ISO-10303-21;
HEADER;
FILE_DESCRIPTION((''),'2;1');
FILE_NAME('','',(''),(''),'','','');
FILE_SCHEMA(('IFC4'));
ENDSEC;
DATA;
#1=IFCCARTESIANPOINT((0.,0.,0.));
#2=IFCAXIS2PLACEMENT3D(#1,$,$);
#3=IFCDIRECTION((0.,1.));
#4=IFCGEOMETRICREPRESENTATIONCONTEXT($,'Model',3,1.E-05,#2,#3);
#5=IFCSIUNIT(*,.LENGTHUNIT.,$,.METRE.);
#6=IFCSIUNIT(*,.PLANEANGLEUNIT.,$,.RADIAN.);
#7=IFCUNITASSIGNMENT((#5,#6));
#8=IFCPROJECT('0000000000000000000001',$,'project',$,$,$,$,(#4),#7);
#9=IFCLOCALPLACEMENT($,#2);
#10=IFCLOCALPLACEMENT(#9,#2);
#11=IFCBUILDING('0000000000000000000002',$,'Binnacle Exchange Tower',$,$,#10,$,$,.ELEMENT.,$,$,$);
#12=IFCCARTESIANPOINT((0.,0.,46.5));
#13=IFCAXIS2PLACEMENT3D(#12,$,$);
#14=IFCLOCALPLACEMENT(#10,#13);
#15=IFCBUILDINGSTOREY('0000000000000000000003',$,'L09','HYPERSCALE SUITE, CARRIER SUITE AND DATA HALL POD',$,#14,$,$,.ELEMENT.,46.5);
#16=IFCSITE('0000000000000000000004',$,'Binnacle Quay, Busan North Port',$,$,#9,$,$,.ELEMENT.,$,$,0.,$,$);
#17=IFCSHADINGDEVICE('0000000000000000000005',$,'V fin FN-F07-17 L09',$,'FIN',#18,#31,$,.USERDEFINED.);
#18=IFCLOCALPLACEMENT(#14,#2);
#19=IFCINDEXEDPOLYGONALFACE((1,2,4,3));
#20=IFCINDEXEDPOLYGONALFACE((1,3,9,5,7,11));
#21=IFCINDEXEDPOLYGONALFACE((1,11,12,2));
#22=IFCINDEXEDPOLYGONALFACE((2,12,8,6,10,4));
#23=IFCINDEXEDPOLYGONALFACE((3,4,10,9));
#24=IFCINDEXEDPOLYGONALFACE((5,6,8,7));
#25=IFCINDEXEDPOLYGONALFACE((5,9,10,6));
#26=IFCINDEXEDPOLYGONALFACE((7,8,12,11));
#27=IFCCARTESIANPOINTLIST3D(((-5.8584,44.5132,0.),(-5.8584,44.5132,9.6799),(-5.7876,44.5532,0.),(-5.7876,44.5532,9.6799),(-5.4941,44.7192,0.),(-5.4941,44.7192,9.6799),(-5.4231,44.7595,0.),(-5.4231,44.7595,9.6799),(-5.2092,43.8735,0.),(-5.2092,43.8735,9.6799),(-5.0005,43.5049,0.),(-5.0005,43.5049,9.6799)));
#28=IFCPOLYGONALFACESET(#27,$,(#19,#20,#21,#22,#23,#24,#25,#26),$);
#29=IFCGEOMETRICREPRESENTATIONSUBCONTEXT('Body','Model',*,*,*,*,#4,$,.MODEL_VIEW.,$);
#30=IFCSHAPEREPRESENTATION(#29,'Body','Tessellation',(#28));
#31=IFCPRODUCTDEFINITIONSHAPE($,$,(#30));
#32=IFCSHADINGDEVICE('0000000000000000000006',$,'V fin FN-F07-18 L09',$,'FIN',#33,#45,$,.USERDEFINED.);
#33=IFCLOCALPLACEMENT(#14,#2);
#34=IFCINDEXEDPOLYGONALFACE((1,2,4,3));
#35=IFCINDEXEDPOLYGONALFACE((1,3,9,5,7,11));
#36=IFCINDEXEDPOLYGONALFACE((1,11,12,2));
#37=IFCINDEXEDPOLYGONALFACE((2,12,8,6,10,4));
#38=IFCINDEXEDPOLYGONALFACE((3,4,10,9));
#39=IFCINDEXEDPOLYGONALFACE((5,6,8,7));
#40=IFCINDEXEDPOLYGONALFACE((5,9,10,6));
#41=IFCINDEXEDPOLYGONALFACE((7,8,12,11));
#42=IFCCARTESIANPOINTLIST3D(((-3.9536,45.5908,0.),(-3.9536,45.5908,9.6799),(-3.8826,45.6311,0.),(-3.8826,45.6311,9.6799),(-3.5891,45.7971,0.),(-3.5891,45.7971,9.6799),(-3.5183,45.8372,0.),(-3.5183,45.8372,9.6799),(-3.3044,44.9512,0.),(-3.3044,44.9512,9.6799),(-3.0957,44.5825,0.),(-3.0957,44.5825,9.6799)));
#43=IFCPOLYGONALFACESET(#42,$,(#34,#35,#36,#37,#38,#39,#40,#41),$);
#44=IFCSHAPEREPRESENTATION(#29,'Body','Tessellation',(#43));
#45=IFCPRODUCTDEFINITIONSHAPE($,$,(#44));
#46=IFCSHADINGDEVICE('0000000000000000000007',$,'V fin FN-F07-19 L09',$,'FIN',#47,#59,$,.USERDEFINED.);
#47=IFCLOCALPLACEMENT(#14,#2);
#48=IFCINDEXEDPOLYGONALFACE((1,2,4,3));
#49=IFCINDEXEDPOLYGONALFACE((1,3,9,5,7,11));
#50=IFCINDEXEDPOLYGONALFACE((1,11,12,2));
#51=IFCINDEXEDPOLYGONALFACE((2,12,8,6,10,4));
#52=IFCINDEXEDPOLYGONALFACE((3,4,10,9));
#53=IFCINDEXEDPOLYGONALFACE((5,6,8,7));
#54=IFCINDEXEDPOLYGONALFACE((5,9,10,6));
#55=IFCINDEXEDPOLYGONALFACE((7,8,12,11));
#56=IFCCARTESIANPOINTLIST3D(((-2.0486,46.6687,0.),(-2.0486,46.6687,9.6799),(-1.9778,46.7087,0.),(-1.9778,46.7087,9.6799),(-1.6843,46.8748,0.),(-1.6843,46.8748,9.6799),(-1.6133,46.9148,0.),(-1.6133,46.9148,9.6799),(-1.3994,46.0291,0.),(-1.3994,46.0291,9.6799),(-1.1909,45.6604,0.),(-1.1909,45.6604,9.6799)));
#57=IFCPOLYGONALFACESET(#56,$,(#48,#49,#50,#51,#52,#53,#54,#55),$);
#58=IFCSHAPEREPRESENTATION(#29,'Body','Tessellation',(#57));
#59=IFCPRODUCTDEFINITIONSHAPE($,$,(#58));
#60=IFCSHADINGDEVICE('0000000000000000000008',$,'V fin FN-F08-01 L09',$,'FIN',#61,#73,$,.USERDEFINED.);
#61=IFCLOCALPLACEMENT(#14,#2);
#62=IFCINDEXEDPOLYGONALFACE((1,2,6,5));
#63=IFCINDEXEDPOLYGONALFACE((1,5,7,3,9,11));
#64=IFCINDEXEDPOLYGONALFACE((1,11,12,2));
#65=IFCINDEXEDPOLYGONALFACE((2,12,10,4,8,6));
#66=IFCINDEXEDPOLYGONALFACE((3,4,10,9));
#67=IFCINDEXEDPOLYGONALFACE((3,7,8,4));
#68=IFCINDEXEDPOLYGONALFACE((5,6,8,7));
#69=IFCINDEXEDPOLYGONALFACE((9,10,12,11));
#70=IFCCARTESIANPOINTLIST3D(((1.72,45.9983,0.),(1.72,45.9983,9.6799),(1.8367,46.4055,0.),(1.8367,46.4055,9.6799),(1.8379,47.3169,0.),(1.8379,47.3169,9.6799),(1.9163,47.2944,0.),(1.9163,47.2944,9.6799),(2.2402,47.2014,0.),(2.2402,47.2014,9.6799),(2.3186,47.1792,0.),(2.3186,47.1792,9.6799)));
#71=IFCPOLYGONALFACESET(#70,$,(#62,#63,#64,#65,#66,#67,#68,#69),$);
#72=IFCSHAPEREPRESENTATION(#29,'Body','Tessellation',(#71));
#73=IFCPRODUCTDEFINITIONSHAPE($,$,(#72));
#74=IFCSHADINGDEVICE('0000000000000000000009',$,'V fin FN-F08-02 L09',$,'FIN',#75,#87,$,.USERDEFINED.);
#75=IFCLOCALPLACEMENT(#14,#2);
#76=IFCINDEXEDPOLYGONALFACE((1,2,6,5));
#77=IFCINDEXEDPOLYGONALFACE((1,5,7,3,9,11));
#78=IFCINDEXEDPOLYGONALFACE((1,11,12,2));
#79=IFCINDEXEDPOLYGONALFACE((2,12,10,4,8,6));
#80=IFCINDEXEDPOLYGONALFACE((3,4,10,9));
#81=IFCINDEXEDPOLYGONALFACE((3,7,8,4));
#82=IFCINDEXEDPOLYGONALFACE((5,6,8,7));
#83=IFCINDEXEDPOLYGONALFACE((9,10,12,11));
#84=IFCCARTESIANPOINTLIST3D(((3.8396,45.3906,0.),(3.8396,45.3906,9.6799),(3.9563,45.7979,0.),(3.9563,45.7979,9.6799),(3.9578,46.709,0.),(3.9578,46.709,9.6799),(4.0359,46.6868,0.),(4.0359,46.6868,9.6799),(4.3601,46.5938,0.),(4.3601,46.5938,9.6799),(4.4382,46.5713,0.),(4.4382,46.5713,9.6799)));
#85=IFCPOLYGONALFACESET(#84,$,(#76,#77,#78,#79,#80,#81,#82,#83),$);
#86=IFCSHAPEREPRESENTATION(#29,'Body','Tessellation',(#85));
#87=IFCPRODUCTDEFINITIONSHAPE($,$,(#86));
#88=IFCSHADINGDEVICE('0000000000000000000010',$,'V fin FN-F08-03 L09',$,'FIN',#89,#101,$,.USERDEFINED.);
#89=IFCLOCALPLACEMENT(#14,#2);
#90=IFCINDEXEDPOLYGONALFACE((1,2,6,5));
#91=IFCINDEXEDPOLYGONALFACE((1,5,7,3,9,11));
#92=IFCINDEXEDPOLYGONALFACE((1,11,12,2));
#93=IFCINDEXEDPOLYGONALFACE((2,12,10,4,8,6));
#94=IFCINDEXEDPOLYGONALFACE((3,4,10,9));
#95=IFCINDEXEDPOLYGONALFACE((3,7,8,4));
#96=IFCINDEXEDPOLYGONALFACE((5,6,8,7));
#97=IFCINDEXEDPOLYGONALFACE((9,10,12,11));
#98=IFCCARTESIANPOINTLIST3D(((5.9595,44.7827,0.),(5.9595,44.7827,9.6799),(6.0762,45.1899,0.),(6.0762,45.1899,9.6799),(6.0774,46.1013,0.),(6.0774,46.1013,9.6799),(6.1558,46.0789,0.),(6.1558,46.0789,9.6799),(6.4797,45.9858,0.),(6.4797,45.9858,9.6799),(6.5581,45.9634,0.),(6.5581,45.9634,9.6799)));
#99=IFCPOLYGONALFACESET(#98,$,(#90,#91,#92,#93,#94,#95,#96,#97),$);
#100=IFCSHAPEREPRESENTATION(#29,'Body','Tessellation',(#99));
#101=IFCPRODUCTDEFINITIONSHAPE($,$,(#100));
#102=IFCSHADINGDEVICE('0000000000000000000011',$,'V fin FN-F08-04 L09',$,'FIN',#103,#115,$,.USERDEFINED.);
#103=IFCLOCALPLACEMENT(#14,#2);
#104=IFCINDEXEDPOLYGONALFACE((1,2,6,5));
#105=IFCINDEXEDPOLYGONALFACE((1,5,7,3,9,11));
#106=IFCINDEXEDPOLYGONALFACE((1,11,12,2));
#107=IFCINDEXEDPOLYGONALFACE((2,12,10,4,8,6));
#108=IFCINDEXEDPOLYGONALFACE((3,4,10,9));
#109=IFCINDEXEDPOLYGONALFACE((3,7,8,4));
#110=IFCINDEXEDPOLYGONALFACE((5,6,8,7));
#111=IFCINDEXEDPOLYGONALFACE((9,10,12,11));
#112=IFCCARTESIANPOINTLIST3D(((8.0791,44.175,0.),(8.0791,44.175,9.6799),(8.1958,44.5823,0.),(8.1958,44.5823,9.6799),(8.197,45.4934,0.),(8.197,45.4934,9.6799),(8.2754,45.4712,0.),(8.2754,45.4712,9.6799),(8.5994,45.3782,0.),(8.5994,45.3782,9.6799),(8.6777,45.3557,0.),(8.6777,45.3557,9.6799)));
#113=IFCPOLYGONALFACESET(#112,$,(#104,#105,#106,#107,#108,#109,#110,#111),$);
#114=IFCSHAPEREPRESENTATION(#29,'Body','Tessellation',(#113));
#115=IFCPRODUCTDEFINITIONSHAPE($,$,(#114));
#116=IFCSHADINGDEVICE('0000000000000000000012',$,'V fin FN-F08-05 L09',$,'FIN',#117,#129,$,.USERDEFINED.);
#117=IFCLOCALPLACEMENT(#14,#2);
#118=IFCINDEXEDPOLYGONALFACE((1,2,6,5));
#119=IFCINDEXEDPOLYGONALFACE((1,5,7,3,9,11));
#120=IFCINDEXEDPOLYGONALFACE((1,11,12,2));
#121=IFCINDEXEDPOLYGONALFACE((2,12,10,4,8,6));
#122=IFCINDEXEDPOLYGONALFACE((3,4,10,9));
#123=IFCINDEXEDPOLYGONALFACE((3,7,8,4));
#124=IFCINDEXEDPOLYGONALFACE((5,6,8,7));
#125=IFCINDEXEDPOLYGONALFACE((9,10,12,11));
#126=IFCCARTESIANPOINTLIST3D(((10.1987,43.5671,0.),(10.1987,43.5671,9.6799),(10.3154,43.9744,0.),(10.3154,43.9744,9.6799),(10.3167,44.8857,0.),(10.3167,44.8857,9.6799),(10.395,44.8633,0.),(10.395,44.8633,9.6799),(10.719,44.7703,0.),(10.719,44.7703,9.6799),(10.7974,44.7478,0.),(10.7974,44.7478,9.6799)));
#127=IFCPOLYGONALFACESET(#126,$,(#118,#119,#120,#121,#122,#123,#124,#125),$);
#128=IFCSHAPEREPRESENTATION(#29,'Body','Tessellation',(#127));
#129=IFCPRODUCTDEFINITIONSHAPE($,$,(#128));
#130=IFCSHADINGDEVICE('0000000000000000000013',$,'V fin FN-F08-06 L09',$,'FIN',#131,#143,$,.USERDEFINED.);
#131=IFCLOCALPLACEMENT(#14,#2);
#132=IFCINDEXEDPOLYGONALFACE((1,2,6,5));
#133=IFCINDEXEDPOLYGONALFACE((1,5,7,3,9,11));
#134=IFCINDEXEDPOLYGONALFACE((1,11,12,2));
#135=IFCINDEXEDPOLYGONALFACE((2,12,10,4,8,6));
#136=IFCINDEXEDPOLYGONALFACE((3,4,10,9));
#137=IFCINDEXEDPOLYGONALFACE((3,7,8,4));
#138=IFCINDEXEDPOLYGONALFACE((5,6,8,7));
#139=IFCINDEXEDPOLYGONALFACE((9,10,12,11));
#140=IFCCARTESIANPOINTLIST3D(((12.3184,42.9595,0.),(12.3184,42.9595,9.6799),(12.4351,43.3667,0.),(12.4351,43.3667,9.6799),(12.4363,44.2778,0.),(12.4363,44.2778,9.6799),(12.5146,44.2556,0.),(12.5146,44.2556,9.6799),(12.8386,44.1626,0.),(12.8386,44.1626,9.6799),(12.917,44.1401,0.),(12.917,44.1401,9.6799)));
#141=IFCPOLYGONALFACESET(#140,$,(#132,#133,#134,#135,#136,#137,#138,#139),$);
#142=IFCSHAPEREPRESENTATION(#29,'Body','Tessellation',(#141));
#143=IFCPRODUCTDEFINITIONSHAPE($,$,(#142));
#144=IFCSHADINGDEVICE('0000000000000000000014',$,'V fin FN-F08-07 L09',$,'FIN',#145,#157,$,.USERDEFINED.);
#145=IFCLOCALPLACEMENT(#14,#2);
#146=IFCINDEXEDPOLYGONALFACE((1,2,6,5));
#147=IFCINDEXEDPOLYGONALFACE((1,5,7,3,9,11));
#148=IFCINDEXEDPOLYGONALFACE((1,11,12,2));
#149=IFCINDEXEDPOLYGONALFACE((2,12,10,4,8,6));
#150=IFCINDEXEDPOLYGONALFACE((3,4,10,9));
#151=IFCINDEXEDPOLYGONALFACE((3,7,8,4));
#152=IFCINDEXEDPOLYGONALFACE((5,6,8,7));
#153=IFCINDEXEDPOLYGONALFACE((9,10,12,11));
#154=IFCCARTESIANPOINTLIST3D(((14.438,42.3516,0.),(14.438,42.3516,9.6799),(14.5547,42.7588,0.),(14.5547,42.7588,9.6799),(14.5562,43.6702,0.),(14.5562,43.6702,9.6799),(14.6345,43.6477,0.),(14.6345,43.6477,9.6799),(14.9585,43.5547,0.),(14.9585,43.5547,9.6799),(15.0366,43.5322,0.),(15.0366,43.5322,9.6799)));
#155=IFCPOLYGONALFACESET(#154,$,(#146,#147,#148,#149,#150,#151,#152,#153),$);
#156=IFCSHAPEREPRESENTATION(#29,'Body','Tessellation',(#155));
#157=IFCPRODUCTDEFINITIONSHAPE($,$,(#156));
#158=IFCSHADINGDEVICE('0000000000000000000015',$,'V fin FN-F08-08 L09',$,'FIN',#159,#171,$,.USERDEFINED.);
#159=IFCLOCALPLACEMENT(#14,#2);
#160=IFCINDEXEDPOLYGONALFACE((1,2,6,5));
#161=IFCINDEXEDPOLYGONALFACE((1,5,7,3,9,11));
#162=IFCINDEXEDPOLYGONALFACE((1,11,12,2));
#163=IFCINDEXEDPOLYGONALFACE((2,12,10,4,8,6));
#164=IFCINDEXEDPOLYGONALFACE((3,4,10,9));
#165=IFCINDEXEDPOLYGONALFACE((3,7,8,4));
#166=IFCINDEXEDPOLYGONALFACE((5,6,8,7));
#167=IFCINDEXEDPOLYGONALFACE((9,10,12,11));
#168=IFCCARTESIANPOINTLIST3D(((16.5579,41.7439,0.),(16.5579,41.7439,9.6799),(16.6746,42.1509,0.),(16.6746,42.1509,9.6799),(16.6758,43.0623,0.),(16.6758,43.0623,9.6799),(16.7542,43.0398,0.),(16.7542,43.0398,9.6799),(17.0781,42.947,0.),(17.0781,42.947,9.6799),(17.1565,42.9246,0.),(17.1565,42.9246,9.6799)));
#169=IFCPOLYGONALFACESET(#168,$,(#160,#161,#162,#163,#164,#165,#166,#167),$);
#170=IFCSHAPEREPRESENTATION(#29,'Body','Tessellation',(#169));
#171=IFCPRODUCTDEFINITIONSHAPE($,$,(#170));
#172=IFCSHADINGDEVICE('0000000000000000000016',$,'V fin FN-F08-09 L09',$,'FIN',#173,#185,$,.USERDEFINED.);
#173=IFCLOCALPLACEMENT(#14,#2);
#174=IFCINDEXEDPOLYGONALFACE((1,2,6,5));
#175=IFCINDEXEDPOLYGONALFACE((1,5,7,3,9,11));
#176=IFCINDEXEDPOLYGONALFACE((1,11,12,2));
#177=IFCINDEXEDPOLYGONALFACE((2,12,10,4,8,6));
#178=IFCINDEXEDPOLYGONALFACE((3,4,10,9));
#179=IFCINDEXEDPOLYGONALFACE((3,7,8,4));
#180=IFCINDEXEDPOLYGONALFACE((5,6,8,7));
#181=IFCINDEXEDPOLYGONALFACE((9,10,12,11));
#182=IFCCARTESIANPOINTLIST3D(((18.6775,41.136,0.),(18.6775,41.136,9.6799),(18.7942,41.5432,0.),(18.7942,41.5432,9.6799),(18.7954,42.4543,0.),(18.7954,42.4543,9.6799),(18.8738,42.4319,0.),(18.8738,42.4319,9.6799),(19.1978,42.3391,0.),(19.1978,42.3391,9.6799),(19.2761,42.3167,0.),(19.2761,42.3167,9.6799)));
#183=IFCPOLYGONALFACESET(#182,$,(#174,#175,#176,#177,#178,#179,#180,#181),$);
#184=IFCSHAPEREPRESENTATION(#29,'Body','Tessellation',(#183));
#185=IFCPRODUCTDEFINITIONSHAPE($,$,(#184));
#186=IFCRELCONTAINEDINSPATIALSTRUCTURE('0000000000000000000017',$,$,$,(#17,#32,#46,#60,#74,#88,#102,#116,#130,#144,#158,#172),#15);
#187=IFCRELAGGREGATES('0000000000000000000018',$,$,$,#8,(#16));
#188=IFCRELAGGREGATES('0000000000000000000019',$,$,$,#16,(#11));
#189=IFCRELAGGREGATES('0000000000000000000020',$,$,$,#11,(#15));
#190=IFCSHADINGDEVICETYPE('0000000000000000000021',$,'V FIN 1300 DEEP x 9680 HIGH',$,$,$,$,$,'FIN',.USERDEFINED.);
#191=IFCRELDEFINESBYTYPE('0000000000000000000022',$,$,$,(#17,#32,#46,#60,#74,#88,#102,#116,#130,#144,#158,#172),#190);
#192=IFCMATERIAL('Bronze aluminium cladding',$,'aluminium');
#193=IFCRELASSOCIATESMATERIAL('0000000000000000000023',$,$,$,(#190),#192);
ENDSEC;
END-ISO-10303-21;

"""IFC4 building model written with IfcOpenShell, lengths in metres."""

from ifc_helpers import new_model, si_unit, direction, frame, origin, place, context, subcontext, project, spatial, polyline, outline, extrude, material, type_object, element, save


model = new_model("IFC4")

# Units and contexts
model_context = context("Model", 3, precision=1e-05, world=origin(), true_north=direction((0.0, 1.0)))
body_context = subcontext(model_context, "Body", "Model", "MODEL_VIEW")
ifc_project = project(units=[si_unit("LENGTHUNIT", "METRE"), si_unit("PLANEANGLEUNIT", "RADIAN")], contexts=[model_context])

# Site, building, storey
site_placement = place(None, origin())
site = spatial("IfcSite", under=ifc_project, at=site_placement, Name="Binnacle Quay, Busan North Port", CompositionType="ELEMENT", RefElevation=0.0)
building_placement = place(site_placement, origin())
building = spatial("IfcBuilding", under=site, at=building_placement, Name="Binnacle Exchange Tower", CompositionType="ELEMENT")
storey_placement = place(building_placement, frame((0.0, 0.0, 46.5)))
storey = spatial("IfcBuildingStorey", under=building, at=storey_placement, Name="L09", Description="HYPERSCALE SUITE, CARRIER SUITE AND DATA HALL POD", CompositionType="ELEMENT", Elevation=46.5)

# Shading devices
ifc_material = material(Name="Bronze aluminium cladding", Category="aluminium")
shading_device_type = type_object("IfcShadingDeviceType", Name="V FIN 1300 DEEP x 9680 HIGH", ElementType="FIN", PredefinedType="USERDEFINED", material=ifc_material)
shading_device_1_placement = place(storey_placement, origin())
element("IfcShadingDevice", 1, at=shading_device_1_placement, inside=storey, type_object=shading_device_type, Name="V fin FN-F07-17 L09", ObjectType="FIN", PredefinedType="USERDEFINED", context=body_context, shape_type="SweptSolid", body=[
    extrude(outline(polyline([(-5.8584, 44.5132), (-5.0005, 43.5049), (-5.4231, 44.7595), (-5.4941, 44.7192), (-5.2092, 43.8735), (-5.7876, 44.5532), (-5.8584, 44.5132)])), origin(), (0.0, 0.0, 1.0), 9.6799),
])
shading_device_2_placement = place(storey_placement, origin())
element("IfcShadingDevice", 2, at=shading_device_2_placement, inside=storey, type_object=shading_device_type, Name="V fin FN-F07-18 L09", ObjectType="FIN", PredefinedType="USERDEFINED", context=body_context, shape_type="SweptSolid", body=[
    extrude(outline(polyline([(-3.9536, 45.5908), (-3.0957, 44.5825), (-3.5183, 45.8372), (-3.5891, 45.7971), (-3.3044, 44.9512), (-3.8826, 45.6311), (-3.9536, 45.5908)])), origin(), (0.0, 0.0, 1.0), 9.6799),
])
shading_device_3_placement = place(storey_placement, origin())
element("IfcShadingDevice", 3, at=shading_device_3_placement, inside=storey, type_object=shading_device_type, Name="V fin FN-F07-19 L09", ObjectType="FIN", PredefinedType="USERDEFINED", context=body_context, shape_type="SweptSolid", body=[
    extrude(outline(polyline([(-2.0486, 46.6687), (-1.1909, 45.6604), (-1.6133, 46.9148), (-1.6843, 46.8748), (-1.3994, 46.0291), (-1.9778, 46.7087), (-2.0486, 46.6687)])), origin(), (0.0, 0.0, 1.0), 9.6799),
])
shading_device_4_placement = place(storey_placement, origin())
element("IfcShadingDevice", 4, at=shading_device_4_placement, inside=storey, type_object=shading_device_type, Name="V fin FN-F08-01 L09", ObjectType="FIN", PredefinedType="USERDEFINED", context=body_context, shape_type="SweptSolid", body=[
    extrude(outline(polyline([(1.8379, 47.3169), (1.72, 45.9983), (2.3186, 47.1792), (2.2402, 47.2014), (1.8367, 46.4055), (1.9163, 47.2944), (1.8379, 47.3169)])), origin(), (0.0, 0.0, 1.0), 9.6799),
])
shading_device_5_placement = place(storey_placement, origin())
element("IfcShadingDevice", 5, at=shading_device_5_placement, inside=storey, type_object=shading_device_type, Name="V fin FN-F08-02 L09", ObjectType="FIN", PredefinedType="USERDEFINED", context=body_context, shape_type="SweptSolid", body=[
    extrude(outline(polyline([(3.9578, 46.709), (3.8396, 45.3906), (4.4382, 46.5713), (4.3601, 46.5938), (3.9563, 45.7979), (4.0359, 46.6868), (3.9578, 46.709)])), origin(), (0.0, 0.0, 1.0), 9.6799),
])
shading_device_6_placement = place(storey_placement, origin())
element("IfcShadingDevice", 6, at=shading_device_6_placement, inside=storey, type_object=shading_device_type, Name="V fin FN-F08-03 L09", ObjectType="FIN", PredefinedType="USERDEFINED", context=body_context, shape_type="SweptSolid", body=[
    extrude(outline(polyline([(6.0774, 46.1013), (5.9595, 44.7827), (6.5581, 45.9634), (6.4797, 45.9858), (6.0762, 45.1899), (6.1558, 46.0789), (6.0774, 46.1013)])), origin(), (0.0, 0.0, 1.0), 9.6799),
])
shading_device_7_placement = place(storey_placement, origin())
element("IfcShadingDevice", 7, at=shading_device_7_placement, inside=storey, type_object=shading_device_type, Name="V fin FN-F08-04 L09", ObjectType="FIN", PredefinedType="USERDEFINED", context=body_context, shape_type="SweptSolid", body=[
    extrude(outline(polyline([(8.197, 45.4934), (8.0791, 44.175), (8.6777, 45.3557), (8.5994, 45.3782), (8.1958, 44.5823), (8.2754, 45.4712), (8.197, 45.4934)])), origin(), (0.0, 0.0, 1.0), 9.6799),
])
shading_device_8_placement = place(storey_placement, origin())
element("IfcShadingDevice", 8, at=shading_device_8_placement, inside=storey, type_object=shading_device_type, Name="V fin FN-F08-05 L09", ObjectType="FIN", PredefinedType="USERDEFINED", context=body_context, shape_type="SweptSolid", body=[
    extrude(outline(polyline([(10.3167, 44.8857), (10.1987, 43.5671), (10.7974, 44.7478), (10.719, 44.7703), (10.3154, 43.9744), (10.395, 44.8633), (10.3167, 44.8857)])), origin(), (0.0, 0.0, 1.0), 9.6799),
])
shading_device_9_placement = place(storey_placement, origin())
element("IfcShadingDevice", 9, at=shading_device_9_placement, inside=storey, type_object=shading_device_type, Name="V fin FN-F08-06 L09", ObjectType="FIN", PredefinedType="USERDEFINED", context=body_context, shape_type="SweptSolid", body=[
    extrude(outline(polyline([(12.4363, 44.2778), (12.3184, 42.9595), (12.917, 44.1401), (12.8386, 44.1626), (12.4351, 43.3667), (12.5146, 44.2556), (12.4363, 44.2778)])), origin(), (0.0, 0.0, 1.0), 9.6799),
])
shading_device_10_placement = place(storey_placement, origin())
element("IfcShadingDevice", 10, at=shading_device_10_placement, inside=storey, type_object=shading_device_type, Name="V fin FN-F08-07 L09", ObjectType="FIN", PredefinedType="USERDEFINED", context=body_context, shape_type="SweptSolid", body=[
    extrude(outline(polyline([(14.5562, 43.6702), (14.438, 42.3516), (15.0366, 43.5322), (14.9585, 43.5547), (14.5547, 42.7588), (14.6345, 43.6477), (14.5562, 43.6702)])), origin(), (0.0, 0.0, 1.0), 9.6799),
])
shading_device_11_placement = place(storey_placement, origin())
element("IfcShadingDevice", 11, at=shading_device_11_placement, inside=storey, type_object=shading_device_type, Name="V fin FN-F08-08 L09", ObjectType="FIN", PredefinedType="USERDEFINED", context=body_context, shape_type="SweptSolid", body=[
    extrude(outline(polyline([(16.6758, 43.0623), (16.5579, 41.7439), (17.1565, 42.9246), (17.0781, 42.947), (16.6746, 42.1509), (16.7542, 43.0398), (16.6758, 43.0623)])), origin(), (0.0, 0.0, 1.0), 9.6799),
])
shading_device_12_placement = place(storey_placement, origin())
element("IfcShadingDevice", 12, at=shading_device_12_placement, inside=storey, type_object=shading_device_type, Name="V fin FN-F08-09 L09", ObjectType="FIN", PredefinedType="USERDEFINED", context=body_context, shape_type="SweptSolid", body=[
    extrude(outline(polyline([(18.7954, 42.4543), (18.6775, 41.136), (19.2761, 42.3167), (19.1978, 42.3391), (18.7942, 41.5432), (18.8738, 42.4319), (18.7954, 42.4543)])), origin(), (0.0, 0.0, 1.0), 9.6799),
])

save(model, "model.ifc")
